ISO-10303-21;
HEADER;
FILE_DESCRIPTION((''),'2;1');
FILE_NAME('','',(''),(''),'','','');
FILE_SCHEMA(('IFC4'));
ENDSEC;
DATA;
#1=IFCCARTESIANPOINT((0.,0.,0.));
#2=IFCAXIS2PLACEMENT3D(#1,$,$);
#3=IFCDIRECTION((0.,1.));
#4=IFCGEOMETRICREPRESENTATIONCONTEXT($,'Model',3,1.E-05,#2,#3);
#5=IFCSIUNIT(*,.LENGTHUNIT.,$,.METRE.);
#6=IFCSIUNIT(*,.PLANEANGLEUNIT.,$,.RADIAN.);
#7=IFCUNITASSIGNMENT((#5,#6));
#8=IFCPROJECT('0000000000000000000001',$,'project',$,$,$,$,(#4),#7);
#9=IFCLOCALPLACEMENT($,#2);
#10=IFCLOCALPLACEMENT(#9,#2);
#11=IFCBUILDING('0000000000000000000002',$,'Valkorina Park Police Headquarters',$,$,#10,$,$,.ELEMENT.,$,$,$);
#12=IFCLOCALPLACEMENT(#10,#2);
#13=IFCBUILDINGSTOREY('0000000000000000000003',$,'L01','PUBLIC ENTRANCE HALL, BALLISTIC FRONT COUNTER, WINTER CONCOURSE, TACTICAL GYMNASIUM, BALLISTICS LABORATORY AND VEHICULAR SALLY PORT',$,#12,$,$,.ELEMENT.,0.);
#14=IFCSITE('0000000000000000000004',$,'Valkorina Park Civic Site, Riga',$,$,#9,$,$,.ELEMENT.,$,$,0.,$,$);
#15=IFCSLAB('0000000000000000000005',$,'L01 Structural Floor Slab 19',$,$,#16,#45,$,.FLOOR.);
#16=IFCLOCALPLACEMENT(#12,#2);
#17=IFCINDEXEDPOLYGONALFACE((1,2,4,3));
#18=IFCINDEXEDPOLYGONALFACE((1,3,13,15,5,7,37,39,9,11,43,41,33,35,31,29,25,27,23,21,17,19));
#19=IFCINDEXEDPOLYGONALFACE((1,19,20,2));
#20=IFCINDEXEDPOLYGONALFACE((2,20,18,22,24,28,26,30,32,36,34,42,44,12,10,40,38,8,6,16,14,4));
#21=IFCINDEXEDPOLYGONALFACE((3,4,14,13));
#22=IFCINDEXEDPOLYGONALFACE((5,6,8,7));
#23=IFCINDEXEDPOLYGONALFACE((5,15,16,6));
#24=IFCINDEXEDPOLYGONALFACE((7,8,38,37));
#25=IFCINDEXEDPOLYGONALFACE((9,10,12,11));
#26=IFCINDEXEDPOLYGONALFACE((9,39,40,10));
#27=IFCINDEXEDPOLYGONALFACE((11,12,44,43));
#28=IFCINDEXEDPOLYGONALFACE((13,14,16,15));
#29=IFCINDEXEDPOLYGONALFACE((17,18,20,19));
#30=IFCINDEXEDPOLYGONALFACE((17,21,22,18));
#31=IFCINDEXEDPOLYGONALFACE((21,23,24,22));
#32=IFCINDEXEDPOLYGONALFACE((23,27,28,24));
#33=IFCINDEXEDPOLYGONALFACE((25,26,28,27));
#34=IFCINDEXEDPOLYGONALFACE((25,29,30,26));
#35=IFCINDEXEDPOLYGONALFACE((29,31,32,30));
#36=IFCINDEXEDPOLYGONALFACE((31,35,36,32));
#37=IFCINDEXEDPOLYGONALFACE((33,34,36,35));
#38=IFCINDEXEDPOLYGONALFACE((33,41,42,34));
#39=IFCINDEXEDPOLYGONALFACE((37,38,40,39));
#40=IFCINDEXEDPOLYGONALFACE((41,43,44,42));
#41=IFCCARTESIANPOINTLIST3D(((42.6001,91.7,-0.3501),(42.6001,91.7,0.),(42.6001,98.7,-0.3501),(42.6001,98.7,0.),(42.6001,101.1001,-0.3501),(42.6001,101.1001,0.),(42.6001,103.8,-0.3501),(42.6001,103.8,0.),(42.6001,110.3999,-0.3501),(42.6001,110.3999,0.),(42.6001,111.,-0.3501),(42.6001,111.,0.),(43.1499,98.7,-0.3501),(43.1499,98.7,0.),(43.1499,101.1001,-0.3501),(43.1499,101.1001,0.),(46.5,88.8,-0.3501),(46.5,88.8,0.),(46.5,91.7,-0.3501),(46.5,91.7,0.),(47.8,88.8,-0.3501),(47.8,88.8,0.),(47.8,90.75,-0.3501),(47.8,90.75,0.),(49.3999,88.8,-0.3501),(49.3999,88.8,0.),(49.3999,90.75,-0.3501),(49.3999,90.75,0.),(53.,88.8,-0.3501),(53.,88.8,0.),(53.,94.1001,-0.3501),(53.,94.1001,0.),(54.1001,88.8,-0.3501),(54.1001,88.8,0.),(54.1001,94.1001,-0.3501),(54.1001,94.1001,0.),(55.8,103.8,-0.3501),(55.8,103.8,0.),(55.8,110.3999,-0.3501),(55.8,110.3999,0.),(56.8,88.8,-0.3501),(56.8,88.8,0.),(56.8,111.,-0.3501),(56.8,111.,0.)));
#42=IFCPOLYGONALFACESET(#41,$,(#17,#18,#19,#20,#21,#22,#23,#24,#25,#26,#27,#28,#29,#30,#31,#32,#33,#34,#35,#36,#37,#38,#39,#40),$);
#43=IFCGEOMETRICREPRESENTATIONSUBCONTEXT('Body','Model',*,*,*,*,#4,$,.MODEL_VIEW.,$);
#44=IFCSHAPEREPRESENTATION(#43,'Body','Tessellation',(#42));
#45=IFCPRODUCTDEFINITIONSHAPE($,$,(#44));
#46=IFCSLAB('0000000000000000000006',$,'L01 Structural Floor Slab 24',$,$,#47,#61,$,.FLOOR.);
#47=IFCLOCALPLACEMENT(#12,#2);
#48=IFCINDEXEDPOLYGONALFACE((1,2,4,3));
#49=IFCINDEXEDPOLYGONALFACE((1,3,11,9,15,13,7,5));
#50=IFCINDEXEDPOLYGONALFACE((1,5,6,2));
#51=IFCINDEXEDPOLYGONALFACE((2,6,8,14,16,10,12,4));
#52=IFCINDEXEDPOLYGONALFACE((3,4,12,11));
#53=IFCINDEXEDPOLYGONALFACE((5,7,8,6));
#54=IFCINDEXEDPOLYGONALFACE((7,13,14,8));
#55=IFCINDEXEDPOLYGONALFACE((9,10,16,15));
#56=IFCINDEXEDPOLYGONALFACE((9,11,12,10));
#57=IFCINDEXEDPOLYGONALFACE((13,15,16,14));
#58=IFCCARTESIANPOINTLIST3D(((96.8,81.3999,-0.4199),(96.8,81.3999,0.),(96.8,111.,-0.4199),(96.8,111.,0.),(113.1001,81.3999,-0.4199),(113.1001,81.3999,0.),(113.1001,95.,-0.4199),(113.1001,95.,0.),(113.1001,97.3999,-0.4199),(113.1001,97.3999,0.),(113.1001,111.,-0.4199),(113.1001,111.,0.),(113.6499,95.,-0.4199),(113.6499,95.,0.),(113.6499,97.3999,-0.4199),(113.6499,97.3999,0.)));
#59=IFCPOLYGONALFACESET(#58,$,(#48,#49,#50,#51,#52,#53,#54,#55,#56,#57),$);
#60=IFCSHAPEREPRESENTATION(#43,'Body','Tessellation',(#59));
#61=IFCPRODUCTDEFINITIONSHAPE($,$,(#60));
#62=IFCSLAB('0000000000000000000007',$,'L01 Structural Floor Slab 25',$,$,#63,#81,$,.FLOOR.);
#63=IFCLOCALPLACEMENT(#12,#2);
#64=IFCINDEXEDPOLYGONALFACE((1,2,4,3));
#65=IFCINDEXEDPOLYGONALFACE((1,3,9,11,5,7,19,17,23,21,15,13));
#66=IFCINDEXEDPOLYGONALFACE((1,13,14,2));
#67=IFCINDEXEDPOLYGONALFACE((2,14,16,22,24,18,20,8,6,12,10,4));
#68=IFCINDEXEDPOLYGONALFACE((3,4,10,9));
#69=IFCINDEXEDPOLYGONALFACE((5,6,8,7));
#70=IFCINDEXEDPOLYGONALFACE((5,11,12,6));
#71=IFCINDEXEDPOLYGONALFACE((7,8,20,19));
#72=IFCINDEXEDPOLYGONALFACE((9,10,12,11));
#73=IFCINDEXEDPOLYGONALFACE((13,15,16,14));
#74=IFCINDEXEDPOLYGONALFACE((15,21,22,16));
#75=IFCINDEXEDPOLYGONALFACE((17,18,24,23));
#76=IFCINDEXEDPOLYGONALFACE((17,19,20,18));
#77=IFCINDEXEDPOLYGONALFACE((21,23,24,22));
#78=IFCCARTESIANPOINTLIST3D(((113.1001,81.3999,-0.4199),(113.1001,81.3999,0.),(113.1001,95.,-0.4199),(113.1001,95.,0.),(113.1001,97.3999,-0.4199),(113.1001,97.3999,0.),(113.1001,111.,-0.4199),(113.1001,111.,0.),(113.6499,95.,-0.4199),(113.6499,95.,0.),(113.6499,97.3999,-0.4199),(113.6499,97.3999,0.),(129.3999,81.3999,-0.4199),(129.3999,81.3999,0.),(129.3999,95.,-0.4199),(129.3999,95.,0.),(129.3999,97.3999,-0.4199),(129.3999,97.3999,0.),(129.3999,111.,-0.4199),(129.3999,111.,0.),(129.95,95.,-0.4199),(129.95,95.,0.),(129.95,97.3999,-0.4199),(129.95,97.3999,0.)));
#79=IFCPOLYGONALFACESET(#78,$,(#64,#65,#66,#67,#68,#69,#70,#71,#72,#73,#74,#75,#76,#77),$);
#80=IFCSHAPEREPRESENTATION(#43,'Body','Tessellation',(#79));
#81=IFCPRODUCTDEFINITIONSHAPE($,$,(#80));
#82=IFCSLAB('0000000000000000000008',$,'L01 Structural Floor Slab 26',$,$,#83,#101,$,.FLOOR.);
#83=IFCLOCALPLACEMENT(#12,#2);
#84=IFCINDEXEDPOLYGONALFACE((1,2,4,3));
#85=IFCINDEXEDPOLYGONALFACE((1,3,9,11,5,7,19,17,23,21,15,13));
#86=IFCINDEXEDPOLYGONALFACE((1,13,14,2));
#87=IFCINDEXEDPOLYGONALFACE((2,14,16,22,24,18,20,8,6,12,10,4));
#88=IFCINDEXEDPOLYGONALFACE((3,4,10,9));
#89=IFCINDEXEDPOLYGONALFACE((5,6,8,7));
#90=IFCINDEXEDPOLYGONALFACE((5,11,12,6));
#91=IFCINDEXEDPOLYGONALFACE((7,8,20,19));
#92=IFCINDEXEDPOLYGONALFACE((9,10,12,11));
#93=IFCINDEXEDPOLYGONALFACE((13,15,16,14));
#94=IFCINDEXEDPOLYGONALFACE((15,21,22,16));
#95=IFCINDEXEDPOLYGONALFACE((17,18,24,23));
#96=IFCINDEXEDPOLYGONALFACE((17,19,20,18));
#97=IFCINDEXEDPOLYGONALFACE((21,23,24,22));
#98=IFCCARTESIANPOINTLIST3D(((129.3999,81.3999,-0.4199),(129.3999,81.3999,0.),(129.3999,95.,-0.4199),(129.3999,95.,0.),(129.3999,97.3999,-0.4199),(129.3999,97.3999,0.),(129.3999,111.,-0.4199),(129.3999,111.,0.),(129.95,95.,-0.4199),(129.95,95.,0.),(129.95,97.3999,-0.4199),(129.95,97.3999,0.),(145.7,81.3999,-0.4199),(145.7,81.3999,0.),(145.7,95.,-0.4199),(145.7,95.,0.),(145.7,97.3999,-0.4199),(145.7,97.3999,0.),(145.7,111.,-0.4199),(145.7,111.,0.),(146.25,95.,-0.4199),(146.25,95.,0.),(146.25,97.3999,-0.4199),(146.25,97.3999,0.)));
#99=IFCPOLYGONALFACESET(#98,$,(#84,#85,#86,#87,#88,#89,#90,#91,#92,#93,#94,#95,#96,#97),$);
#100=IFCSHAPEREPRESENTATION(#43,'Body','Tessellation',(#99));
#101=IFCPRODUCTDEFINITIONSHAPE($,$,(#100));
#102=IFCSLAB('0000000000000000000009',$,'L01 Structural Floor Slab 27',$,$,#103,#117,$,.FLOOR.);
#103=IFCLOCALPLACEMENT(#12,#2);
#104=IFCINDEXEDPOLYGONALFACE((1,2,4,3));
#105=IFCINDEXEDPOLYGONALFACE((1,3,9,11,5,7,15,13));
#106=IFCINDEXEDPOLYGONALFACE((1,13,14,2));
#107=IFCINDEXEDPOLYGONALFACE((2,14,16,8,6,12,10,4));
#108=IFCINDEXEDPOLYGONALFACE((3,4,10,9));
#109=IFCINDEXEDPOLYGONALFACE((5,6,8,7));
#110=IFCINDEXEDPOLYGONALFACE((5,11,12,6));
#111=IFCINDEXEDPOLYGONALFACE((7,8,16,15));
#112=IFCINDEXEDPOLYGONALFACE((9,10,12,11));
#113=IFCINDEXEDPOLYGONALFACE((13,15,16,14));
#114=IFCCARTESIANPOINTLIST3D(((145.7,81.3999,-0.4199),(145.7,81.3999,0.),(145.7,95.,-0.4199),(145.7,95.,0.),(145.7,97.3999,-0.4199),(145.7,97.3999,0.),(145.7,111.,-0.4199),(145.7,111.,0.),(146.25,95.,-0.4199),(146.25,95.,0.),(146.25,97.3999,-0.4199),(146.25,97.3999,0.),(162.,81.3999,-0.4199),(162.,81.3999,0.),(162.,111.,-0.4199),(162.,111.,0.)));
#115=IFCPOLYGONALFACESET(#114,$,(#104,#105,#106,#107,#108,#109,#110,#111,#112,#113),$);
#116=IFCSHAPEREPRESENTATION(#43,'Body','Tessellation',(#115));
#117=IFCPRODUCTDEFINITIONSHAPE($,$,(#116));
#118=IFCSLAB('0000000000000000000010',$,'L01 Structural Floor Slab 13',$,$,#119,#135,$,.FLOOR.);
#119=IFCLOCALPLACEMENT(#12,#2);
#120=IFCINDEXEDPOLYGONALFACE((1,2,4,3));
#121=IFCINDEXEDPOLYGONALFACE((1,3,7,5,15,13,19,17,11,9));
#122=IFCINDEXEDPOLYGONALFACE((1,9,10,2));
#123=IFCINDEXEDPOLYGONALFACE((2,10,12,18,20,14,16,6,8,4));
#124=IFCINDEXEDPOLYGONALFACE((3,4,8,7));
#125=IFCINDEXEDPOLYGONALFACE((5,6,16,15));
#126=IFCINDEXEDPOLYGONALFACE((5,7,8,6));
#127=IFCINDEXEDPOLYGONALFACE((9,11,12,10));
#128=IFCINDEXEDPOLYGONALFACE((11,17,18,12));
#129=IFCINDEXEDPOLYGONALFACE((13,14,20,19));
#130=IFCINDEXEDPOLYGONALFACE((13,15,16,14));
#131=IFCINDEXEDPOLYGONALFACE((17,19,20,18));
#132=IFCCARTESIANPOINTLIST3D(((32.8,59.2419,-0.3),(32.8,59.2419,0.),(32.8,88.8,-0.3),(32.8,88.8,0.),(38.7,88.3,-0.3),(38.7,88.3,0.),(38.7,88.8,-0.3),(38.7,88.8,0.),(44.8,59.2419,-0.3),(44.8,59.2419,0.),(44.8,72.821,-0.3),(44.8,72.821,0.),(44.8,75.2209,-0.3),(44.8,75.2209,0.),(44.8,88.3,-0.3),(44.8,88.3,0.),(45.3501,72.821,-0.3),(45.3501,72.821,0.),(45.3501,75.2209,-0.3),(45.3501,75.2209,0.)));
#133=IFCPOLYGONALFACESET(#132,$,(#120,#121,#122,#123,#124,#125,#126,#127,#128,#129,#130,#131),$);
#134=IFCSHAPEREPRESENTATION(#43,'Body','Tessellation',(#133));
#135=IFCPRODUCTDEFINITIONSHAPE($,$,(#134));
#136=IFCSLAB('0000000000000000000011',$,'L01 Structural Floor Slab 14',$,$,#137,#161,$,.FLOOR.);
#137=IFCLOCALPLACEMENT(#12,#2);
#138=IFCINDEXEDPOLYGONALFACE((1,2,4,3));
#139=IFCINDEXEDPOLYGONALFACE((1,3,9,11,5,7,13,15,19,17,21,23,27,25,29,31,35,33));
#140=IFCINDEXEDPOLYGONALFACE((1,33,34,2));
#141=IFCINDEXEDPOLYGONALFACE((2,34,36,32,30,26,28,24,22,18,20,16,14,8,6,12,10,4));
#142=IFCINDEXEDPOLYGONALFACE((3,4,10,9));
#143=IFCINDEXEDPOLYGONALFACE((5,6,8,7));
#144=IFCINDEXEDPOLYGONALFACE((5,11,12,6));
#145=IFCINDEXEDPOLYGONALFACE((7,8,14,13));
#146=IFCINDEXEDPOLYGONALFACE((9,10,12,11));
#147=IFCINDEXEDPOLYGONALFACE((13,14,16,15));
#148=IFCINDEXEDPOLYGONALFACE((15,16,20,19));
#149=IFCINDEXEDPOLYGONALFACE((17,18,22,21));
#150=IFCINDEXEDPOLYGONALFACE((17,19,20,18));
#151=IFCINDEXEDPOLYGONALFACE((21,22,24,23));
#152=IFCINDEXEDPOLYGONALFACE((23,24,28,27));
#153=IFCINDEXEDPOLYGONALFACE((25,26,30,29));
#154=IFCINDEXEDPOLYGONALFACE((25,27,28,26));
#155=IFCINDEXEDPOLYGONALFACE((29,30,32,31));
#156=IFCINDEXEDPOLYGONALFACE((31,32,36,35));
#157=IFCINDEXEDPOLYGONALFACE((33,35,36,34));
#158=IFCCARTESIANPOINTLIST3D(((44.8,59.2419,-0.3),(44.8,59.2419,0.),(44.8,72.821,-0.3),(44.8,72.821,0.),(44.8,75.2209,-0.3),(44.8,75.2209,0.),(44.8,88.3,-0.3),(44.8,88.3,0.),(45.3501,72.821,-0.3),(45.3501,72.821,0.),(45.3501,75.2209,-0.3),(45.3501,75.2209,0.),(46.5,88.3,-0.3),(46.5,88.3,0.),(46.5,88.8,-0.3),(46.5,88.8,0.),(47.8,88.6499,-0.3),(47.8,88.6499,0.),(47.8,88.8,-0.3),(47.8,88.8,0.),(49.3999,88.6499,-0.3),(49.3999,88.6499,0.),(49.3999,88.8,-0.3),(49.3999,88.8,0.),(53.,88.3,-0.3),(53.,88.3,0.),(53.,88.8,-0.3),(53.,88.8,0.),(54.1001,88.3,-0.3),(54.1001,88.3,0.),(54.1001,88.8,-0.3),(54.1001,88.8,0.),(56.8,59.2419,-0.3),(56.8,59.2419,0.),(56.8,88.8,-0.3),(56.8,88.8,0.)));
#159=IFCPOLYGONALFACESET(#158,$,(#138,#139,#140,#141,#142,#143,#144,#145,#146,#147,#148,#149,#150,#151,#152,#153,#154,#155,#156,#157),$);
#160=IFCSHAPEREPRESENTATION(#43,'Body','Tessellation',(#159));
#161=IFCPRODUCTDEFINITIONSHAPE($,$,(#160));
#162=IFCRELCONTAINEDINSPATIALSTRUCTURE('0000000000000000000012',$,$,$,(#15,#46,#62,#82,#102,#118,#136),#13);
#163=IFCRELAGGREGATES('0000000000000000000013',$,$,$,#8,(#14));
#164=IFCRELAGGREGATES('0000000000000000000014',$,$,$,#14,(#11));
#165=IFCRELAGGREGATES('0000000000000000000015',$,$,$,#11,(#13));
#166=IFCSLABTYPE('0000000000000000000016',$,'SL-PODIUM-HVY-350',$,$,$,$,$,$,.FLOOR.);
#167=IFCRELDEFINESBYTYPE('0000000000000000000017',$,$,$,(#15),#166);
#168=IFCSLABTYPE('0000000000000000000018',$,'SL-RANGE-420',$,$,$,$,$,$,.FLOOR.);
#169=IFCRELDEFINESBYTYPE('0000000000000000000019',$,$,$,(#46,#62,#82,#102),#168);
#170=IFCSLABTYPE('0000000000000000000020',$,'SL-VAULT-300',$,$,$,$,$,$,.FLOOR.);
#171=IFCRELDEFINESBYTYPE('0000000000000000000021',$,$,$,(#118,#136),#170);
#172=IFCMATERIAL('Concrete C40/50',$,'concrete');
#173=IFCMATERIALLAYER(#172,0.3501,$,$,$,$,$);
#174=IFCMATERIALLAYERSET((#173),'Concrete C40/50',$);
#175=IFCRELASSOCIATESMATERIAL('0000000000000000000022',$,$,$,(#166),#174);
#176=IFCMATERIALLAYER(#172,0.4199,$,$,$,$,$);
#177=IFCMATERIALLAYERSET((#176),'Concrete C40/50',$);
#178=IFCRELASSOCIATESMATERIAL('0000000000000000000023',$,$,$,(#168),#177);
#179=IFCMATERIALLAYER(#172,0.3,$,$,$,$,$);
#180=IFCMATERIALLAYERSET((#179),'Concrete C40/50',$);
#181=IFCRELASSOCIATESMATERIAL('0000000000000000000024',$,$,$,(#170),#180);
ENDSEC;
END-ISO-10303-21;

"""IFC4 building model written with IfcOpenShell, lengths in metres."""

from ifc_helpers import new_model, si_unit, direction, frame, origin, place, context, subcontext, project, spatial, polyline, outline, extrude, material, layer, layer_set, type_object, element, save


model = new_model("IFC4")

# Units and contexts
model_context = context("Model", 3, precision=1e-05, world=origin(), true_north=direction((0.0, 1.0)))
body_context = subcontext(model_context, "Body", "Model", "MODEL_VIEW")
ifc_project = project(units=[si_unit("LENGTHUNIT", "METRE"), si_unit("PLANEANGLEUNIT", "RADIAN")], contexts=[model_context])

# Site, building, storey
site_placement = place(None, origin())
site = spatial("IfcSite", under=ifc_project, at=site_placement, Name="Valkorina Park Civic Site, Riga", CompositionType="ELEMENT", RefElevation=0.0)
building_placement = place(site_placement, origin())
building = spatial("IfcBuilding", under=site, at=building_placement, Name="Valkorina Park Police Headquarters", CompositionType="ELEMENT")
storey_placement = place(building_placement, origin())
storey = spatial("IfcBuildingStorey", under=building, at=storey_placement, Name="L01", Description="PUBLIC ENTRANCE HALL, BALLISTIC FRONT COUNTER, WINTER CONCOURSE, TACTICAL GYMNASIUM, BALLISTICS LABORATORY AND VEHICULAR SALLY PORT", CompositionType="ELEMENT", Elevation=0.0)

# Slabs
ifc_material_1 = material(Name="Concrete C40/50", Category="concrete")
ifc_layer_1 = layer(ifc_material_1, 0.3501)
ifc_layer_set_1 = layer_set([ifc_layer_1], Name="Concrete C40/50")
slab_type_1 = type_object("IfcSlabType", Name="SL-PODIUM-HVY-350", PredefinedType="FLOOR", material=ifc_layer_set_1)
slab_1_placement = place(storey_placement, frame((0.0, 0.0, -0.3501)))
element("IfcSlab", 1, at=slab_1_placement, inside=storey, type_object=slab_type_1, Name="L01 Structural Floor Slab 19", PredefinedType="FLOOR", context=body_context, shape_type="SweptSolid", body=[
    extrude(outline(polyline([(42.6001, 111.0), (42.6001, 110.3999), (55.8, 110.3999), (55.8, 103.8), (42.6001, 103.8), (42.6001, 101.1001), (43.1499, 101.1001), (43.1499, 98.7), (42.6001, 98.7), (42.6001, 91.7), (46.5, 91.7), (46.5, 88.8), (47.8, 88.8), (47.8, 90.75), (49.3999, 90.75), (49.3999, 88.8), (53.0, 88.8), (53.0, 94.1001), (54.1001, 94.1001), (54.1001, 88.8), (56.8, 88.8), (56.8, 111.0), (42.6001, 111.0)])), origin(), (0.0, 0.0, 1.0), 0.3501),
])
ifc_layer_2 = layer(ifc_material_1, 0.4199)
ifc_layer_set_2 = layer_set([ifc_layer_2], Name="Concrete C40/50")
slab_type_2 = type_object("IfcSlabType", Name="SL-RANGE-420", PredefinedType="FLOOR", material=ifc_layer_set_2)
slab_2_placement = place(storey_placement, frame((0.0, 0.0, -0.4199)))
element("IfcSlab", 2, at=slab_2_placement, inside=storey, type_object=slab_type_2, Name="L01 Structural Floor Slab 24", PredefinedType="FLOOR", context=body_context, shape_type="SweptSolid", body=[
    extrude(outline(polyline([(113.1001, 81.3999), (113.1001, 95.0), (113.6499, 95.0), (113.6499, 97.3999), (113.1001, 97.3999), (113.1001, 111.0), (96.8, 111.0), (96.8, 81.3999), (113.1001, 81.3999)])), origin(), (0.0, 0.0, 1.0), 0.4199),
])
slab_3_placement = place(storey_placement, frame((0.0, 0.0, -0.4199)))
element("IfcSlab", 3, at=slab_3_placement, inside=storey, type_object=slab_type_2, Name="L01 Structural Floor Slab 25", PredefinedType="FLOOR", context=body_context, shape_type="SweptSolid", body=[
    extrude(outline(polyline([(129.3999, 111.0), (113.1001, 111.0), (113.1001, 97.3999), (113.6499, 97.3999), (113.6499, 95.0), (113.1001, 95.0), (113.1001, 81.3999), (129.3999, 81.3999), (129.3999, 95.0), (129.95, 95.0), (129.95, 97.3999), (129.3999, 97.3999), (129.3999, 111.0)])), origin(), (0.0, 0.0, 1.0), 0.4199),
])
slab_4_placement = place(storey_placement, frame((0.0, 0.0, -0.4199)))
element("IfcSlab", 4, at=slab_4_placement, inside=storey, type_object=slab_type_2, Name="L01 Structural Floor Slab 26", PredefinedType="FLOOR", context=body_context, shape_type="SweptSolid", body=[
    extrude(outline(polyline([(145.7, 111.0), (129.3999, 111.0), (129.3999, 97.3999), (129.95, 97.3999), (129.95, 95.0), (129.3999, 95.0), (129.3999, 81.3999), (145.7, 81.3999), (145.7, 95.0), (146.25, 95.0), (146.25, 97.3999), (145.7, 97.3999), (145.7, 111.0)])), origin(), (0.0, 0.0, 1.0), 0.4199),
])
slab_5_placement = place(storey_placement, frame((0.0, 0.0, -0.4199)))
element("IfcSlab", 5, at=slab_5_placement, inside=storey, type_object=slab_type_2, Name="L01 Structural Floor Slab 27", PredefinedType="FLOOR", context=body_context, shape_type="SweptSolid", body=[
    extrude(outline(polyline([(145.7, 111.0), (145.7, 97.3999), (146.25, 97.3999), (146.25, 95.0), (145.7, 95.0), (145.7, 81.3999), (162.0, 81.3999), (162.0, 111.0), (145.7, 111.0)])), origin(), (0.0, 0.0, 1.0), 0.4199),
])
ifc_layer_3 = layer(ifc_material_1, 0.3)
ifc_layer_set_3 = layer_set([ifc_layer_3], Name="Concrete C40/50")
slab_type_3 = type_object("IfcSlabType", Name="SL-VAULT-300", PredefinedType="FLOOR", material=ifc_layer_set_3)
slab_6_placement = place(storey_placement, frame((0.0, 0.0, -0.3)))
element("IfcSlab", 6, at=slab_6_placement, inside=storey, type_object=slab_type_3, Name="L01 Structural Floor Slab 13", PredefinedType="FLOOR", context=body_context, shape_type="SweptSolid", body=[
    extrude(outline(polyline([(44.8, 59.2419), (44.8, 72.821), (45.3501, 72.821), (45.3501, 75.2209), (44.8, 75.2209), (44.8, 88.3), (38.7, 88.3), (38.7, 88.8), (32.8, 88.8), (32.8, 59.2419), (44.8, 59.2419)])), origin(), (0.0, 0.0, 1.0), 0.3),
])
slab_7_placement = place(storey_placement, frame((0.0, 0.0, -0.3)))
element("IfcSlab", 7, at=slab_7_placement, inside=storey, type_object=slab_type_3, Name="L01 Structural Floor Slab 14", PredefinedType="FLOOR", context=body_context, shape_type="SweptSolid", body=[
    extrude(outline(polyline([(46.5, 88.8), (46.5, 88.3), (44.8, 88.3), (44.8, 75.2209), (45.3501, 75.2209), (45.3501, 72.821), (44.8, 72.821), (44.8, 59.2419), (56.8, 59.2419), (56.8, 88.8), (54.1001, 88.8), (54.1001, 88.3), (53.0, 88.3), (53.0, 88.8), (49.3999, 88.8), (49.3999, 88.6499), (47.8, 88.6499), (47.8, 88.8), (46.5, 88.8)])), origin(), (0.0, 0.0, 1.0), 0.3),
])

save(model, "model.ifc")
